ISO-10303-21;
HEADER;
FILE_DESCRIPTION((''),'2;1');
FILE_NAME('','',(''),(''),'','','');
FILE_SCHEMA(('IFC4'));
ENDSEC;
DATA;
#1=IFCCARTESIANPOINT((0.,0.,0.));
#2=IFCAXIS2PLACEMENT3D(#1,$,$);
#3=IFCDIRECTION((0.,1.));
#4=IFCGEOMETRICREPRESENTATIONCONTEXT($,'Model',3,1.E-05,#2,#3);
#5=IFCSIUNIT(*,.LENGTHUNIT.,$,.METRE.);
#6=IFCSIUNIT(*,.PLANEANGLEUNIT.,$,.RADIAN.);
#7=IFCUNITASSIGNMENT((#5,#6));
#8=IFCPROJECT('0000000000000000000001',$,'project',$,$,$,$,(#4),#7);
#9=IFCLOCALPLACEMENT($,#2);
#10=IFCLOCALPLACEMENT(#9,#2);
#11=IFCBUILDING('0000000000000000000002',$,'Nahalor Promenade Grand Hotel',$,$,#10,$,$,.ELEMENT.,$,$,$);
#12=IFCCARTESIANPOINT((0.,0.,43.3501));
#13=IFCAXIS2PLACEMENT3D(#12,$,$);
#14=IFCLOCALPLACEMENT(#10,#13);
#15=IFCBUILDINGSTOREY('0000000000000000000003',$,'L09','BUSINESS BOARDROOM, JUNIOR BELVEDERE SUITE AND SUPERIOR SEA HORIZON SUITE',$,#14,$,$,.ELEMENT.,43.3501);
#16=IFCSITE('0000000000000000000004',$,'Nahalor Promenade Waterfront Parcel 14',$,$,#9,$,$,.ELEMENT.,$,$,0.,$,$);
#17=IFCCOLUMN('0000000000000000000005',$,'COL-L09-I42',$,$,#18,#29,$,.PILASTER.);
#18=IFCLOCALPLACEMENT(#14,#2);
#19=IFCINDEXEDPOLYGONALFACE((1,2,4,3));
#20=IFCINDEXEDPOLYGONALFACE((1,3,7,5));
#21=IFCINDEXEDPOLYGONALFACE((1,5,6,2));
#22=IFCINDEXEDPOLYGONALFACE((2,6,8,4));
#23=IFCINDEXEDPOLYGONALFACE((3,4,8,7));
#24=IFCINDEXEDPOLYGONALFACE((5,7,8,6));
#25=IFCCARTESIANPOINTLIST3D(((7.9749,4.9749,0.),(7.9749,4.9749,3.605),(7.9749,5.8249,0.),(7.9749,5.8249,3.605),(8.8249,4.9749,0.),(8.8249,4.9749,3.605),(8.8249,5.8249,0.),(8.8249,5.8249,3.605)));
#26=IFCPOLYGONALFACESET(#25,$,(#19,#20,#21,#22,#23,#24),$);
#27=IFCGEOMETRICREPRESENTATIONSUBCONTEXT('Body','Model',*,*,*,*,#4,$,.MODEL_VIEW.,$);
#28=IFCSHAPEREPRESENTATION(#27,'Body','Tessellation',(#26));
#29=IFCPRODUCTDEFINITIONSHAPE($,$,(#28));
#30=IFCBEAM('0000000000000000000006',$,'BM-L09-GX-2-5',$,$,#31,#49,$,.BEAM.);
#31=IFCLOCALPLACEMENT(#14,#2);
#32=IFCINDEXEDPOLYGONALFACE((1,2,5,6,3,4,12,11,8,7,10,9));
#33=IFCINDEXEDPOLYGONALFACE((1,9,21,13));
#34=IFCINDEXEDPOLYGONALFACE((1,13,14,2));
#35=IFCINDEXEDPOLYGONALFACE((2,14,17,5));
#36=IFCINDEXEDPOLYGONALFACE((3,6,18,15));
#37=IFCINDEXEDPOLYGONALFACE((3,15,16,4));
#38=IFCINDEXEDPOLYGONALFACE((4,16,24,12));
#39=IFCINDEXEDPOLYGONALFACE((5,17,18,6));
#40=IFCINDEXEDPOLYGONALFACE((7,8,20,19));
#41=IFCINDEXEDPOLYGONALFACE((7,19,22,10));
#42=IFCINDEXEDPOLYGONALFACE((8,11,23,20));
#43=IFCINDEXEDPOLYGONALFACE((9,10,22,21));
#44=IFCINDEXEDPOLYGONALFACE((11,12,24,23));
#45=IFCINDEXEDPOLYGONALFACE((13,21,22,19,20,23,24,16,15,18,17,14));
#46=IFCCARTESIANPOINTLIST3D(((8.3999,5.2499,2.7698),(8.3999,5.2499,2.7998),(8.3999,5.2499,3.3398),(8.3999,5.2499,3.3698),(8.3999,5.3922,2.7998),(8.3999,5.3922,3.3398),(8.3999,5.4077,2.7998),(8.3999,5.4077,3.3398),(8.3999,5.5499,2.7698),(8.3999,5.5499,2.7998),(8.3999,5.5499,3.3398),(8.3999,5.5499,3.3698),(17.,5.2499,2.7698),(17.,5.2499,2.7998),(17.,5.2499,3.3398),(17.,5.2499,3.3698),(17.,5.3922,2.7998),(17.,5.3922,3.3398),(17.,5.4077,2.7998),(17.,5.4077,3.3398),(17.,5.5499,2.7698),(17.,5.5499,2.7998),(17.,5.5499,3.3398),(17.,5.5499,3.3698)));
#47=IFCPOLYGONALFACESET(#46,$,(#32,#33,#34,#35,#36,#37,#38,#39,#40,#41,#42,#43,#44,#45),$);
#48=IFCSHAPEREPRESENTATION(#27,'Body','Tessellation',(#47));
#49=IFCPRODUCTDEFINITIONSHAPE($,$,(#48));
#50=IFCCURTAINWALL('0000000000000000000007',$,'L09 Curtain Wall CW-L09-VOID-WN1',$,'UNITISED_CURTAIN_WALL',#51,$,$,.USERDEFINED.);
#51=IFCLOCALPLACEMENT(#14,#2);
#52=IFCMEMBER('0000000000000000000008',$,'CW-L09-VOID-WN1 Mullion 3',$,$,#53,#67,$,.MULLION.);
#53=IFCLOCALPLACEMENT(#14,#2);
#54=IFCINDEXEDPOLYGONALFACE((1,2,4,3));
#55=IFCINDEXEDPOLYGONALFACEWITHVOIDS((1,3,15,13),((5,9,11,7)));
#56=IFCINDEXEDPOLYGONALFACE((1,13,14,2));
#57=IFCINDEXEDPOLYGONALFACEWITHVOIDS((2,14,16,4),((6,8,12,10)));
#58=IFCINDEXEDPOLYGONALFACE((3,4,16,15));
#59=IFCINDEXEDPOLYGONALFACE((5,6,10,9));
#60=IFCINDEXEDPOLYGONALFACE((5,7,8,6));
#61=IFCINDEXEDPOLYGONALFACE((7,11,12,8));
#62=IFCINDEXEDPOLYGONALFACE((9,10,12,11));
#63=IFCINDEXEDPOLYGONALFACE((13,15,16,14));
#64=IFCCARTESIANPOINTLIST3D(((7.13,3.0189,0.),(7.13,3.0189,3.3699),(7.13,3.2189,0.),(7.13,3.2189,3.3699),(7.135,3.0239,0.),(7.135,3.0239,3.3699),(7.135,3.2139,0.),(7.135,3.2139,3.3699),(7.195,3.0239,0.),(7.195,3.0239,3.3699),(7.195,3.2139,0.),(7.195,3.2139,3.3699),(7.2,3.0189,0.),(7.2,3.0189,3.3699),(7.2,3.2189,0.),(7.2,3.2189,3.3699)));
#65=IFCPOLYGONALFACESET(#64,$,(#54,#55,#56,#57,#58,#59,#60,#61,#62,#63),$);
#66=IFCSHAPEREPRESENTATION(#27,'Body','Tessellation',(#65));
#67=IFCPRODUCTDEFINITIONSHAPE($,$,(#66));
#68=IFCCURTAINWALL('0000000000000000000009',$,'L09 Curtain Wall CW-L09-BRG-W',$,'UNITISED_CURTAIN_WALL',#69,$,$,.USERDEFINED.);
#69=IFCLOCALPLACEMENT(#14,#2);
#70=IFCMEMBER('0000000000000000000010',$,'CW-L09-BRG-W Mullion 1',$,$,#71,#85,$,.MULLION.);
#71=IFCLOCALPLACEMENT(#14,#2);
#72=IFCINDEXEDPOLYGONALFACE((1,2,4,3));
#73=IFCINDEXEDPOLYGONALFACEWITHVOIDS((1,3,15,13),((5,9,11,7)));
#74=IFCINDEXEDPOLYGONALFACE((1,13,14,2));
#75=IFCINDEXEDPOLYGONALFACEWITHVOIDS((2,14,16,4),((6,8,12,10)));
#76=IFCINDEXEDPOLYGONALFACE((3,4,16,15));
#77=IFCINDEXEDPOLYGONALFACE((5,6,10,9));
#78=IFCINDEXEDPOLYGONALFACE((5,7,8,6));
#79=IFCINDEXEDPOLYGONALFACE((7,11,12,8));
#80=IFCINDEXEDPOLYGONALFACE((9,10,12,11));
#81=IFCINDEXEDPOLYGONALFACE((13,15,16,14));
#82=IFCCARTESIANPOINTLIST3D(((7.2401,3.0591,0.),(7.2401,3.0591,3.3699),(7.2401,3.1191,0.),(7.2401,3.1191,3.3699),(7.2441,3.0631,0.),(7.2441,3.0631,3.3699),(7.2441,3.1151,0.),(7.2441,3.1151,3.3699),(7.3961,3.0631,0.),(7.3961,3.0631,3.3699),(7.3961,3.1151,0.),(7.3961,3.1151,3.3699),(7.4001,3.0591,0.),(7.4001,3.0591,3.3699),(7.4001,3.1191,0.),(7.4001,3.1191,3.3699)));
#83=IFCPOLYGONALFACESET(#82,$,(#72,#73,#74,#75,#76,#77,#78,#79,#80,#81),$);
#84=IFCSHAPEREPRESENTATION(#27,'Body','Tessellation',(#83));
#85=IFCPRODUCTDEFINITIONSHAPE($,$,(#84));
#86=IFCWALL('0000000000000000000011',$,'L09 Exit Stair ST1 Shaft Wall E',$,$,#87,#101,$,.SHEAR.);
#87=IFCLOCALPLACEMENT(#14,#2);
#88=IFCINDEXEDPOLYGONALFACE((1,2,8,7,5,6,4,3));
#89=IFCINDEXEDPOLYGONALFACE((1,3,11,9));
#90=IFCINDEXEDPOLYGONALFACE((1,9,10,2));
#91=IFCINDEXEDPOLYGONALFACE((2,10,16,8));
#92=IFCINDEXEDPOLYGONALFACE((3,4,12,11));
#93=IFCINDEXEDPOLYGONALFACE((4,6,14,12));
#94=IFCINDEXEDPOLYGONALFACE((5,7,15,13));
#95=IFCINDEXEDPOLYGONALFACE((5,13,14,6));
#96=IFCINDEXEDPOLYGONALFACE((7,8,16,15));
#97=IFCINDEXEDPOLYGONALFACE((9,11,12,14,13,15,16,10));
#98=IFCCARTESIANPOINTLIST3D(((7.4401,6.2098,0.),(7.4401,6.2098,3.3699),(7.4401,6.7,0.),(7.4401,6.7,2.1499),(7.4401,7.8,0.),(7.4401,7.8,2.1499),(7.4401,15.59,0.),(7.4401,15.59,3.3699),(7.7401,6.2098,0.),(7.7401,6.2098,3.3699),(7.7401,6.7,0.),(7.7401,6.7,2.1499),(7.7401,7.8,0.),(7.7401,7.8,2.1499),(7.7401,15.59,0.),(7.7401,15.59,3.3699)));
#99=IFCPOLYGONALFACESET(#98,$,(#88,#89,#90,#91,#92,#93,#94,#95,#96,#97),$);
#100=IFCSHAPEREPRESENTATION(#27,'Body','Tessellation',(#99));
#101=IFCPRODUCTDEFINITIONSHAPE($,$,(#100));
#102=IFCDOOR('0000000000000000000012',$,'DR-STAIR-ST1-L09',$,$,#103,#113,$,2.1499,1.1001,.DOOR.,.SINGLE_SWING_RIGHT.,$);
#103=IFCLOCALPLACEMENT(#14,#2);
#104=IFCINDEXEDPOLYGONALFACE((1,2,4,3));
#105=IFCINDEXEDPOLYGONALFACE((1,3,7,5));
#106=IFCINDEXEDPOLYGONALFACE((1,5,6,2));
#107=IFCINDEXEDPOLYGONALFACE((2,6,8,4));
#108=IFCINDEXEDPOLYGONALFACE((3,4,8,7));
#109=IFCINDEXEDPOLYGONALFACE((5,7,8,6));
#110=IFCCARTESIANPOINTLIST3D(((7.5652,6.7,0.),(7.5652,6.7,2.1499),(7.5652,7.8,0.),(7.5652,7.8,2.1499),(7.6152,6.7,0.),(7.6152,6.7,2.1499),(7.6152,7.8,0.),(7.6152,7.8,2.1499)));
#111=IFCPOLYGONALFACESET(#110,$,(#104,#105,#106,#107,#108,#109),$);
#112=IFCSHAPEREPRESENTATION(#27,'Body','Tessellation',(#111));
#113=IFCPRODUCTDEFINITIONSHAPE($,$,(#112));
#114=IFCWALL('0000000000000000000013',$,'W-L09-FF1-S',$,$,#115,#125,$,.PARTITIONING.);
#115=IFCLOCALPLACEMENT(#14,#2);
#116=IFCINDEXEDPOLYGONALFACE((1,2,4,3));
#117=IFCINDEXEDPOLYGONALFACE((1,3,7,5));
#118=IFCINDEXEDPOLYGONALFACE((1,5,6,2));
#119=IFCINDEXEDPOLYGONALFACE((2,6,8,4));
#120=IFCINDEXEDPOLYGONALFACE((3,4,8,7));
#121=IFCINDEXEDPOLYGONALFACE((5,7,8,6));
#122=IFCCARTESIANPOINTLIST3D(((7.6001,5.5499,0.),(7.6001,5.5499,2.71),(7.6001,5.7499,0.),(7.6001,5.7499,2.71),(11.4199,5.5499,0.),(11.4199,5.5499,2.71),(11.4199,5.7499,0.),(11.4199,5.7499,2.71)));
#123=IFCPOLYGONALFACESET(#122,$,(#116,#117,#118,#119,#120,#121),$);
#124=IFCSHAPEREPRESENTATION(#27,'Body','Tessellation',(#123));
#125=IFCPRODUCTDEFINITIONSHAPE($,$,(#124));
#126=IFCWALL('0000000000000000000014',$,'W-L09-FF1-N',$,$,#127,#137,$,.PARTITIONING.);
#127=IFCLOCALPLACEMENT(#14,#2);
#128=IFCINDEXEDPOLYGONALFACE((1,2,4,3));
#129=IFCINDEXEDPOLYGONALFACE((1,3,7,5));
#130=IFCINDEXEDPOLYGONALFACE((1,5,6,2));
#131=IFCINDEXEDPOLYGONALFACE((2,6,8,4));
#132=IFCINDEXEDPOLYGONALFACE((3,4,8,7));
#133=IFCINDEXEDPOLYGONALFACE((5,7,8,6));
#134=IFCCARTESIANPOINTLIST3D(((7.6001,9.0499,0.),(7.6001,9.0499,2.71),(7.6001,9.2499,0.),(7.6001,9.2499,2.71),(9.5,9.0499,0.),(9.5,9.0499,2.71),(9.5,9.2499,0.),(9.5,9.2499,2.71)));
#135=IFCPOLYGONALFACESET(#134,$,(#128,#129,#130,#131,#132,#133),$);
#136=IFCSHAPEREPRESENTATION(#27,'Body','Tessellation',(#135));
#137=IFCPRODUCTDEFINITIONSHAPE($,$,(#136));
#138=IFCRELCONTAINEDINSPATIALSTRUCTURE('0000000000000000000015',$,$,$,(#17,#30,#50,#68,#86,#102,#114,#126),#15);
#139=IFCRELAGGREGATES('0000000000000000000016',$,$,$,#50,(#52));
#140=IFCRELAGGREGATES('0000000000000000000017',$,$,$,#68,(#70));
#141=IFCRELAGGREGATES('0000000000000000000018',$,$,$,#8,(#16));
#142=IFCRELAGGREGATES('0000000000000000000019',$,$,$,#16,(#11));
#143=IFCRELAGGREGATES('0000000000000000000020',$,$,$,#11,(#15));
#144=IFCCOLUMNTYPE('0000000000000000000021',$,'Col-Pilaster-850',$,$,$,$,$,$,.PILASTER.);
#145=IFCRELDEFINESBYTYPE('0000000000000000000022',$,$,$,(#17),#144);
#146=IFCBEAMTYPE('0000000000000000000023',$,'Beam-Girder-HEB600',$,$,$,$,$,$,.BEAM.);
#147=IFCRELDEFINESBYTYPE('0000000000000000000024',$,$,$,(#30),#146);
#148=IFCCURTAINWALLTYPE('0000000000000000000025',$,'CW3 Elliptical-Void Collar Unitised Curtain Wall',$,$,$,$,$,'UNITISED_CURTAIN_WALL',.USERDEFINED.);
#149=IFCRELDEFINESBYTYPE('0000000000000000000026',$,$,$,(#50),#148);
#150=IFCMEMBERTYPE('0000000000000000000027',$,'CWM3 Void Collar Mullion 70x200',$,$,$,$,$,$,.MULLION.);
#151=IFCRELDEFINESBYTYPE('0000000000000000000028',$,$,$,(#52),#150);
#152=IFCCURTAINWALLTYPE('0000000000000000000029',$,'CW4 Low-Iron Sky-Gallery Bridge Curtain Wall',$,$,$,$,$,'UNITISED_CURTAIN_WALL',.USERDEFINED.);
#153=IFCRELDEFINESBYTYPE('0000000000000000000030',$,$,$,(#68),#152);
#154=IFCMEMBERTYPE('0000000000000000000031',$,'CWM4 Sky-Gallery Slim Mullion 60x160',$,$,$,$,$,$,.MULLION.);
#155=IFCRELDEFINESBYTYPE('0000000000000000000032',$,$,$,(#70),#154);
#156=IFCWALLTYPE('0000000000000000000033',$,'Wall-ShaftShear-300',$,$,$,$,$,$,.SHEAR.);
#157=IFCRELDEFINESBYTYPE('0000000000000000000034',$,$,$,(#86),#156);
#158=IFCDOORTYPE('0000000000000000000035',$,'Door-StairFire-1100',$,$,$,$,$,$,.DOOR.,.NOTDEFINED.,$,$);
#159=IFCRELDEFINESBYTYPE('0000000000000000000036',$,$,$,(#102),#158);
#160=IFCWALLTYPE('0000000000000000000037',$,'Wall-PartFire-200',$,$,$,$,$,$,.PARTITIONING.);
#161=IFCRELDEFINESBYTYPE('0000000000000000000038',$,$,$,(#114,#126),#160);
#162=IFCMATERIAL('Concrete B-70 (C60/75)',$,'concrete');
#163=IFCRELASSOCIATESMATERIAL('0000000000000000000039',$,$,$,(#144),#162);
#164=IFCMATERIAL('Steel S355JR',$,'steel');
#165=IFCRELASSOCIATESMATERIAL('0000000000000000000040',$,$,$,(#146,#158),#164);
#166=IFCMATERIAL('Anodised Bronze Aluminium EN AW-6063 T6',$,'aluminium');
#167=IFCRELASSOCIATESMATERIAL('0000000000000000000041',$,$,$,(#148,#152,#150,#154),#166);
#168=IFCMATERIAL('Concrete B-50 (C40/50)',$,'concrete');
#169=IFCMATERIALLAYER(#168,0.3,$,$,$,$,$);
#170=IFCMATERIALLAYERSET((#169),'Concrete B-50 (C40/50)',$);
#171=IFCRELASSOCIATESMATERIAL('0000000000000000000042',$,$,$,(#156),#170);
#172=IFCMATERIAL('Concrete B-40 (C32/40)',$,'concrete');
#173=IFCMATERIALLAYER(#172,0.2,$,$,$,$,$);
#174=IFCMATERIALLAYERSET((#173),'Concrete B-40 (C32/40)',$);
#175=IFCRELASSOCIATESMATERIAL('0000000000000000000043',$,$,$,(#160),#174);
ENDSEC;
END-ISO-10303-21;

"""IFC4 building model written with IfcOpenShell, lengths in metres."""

from ifc_helpers import new_model, si_unit, direction, frame, frame_2d, origin, origin_2d, place, context, subcontext, project, spatial, rectangle, hollow_rectangle, i_section, extrude, source, transform, mapped, material, layer, layer_set, material_profile, profile_set, type_object, element, fill, aggregate, save


model = new_model("IFC4")

# Units and contexts
model_context = context("Model", 3, precision=1e-05, world=origin(), true_north=direction((0.0, 1.0)))
body_context = subcontext(model_context, "Body", "Model", "MODEL_VIEW")
ifc_project = project(units=[si_unit("LENGTHUNIT", "METRE"), si_unit("PLANEANGLEUNIT", "RADIAN")], contexts=[model_context])

# Site, building, storey
site_placement = place(None, origin())
site = spatial("IfcSite", under=ifc_project, at=site_placement, Name="Nahalor Promenade Waterfront Parcel 14", CompositionType="ELEMENT", RefElevation=0.0)
building_placement = place(site_placement, origin())
building = spatial("IfcBuilding", under=site, at=building_placement, Name="Nahalor Promenade Grand Hotel", CompositionType="ELEMENT")
storey_placement = place(building_placement, frame((0.0, 0.0, 43.3501)))
storey = spatial("IfcBuildingStorey", under=building, at=storey_placement, Name="L09", Description="BUSINESS BOARDROOM, JUNIOR BELVEDERE SUITE AND SUPERIOR SEA HORIZON SUITE", CompositionType="ELEMENT", Elevation=43.3501)

# Column
ifc_material_1 = material(Name="Concrete B-70 (C60/75)", Category="concrete")
ifc_material_profile_1 = material_profile(ifc_material_1, rectangle(XDim=0.85, YDim=0.85, at=origin_2d()), Name="RC 850x850")
ifc_profile_set_1 = profile_set([ifc_material_profile_1], Name="Concrete B-70 (C60/75)")
column_type = type_object("IfcColumnType", Name="Col-Pilaster-850", PredefinedType="PILASTER", material=ifc_profile_set_1)
shared_shape_1 = source(origin(), body_context, "Body", "SweptSolid", [
    extrude(rectangle(XDim=0.85, YDim=0.85, at=origin_2d()), origin(), (0.0, 0.0, 1.0), 3.605),
])
column_placement = place(storey_placement, frame((8.3999, 5.3999, 0.0), z_axis=(0.0, 0.0, 1.0), x_axis=(1.0, 0.0, 0.0)))
element("IfcColumn", 1, at=column_placement, inside=storey, type_object=column_type, Name="COL-L09-I42", PredefinedType="PILASTER", context=body_context, shape_type="MappedRepresentation", body=[
    mapped(shared_shape_1, transform((0.0, 0.0, 0.0), scale=1.0)),
])

# Beam
ifc_material_2 = material(Name="Steel S355JR", Category="steel")
ifc_material_profile_2 = material_profile(ifc_material_2, i_section(OverallWidth=0.3, OverallDepth=0.6, WebThickness=0.0155, FlangeThickness=0.03, at=origin_2d()), Name="HEB 600")
ifc_profile_set_2 = profile_set([ifc_material_profile_2], Name="Steel S355JR")
beam_type = type_object("IfcBeamType", Name="Beam-Girder-HEB600", PredefinedType="BEAM", material=ifc_profile_set_2)
shared_shape_2 = source(origin(), body_context, "Body", "SweptSolid", [
    extrude(i_section(OverallWidth=0.3, OverallDepth=0.6, WebThickness=0.0155, FlangeThickness=0.03, at=origin_2d()), origin(), (0.0, 0.0, 1.0), 8.6001),
])
beam_placement = place(storey_placement, frame((8.3999, 5.3999, 3.0698), z_axis=(1.0, 0.0, 0.0), x_axis=(0.0, 1.0, 0.0)))
element("IfcBeam", 2, at=beam_placement, inside=storey, type_object=beam_type, Name="BM-L09-GX-2-5", PredefinedType="BEAM", context=body_context, shape_type="MappedRepresentation", body=[
    mapped(shared_shape_2, transform((0.0, 0.0, 0.0), scale=1.0)),
])

# Curtain walls, members
ifc_material_3 = material(Name="Anodised Bronze Aluminium EN AW-6063 T6", Category="aluminium")
curtain_wall_type_1 = type_object("IfcCurtainWallType", Name="CW3 Elliptical-Void Collar Unitised Curtain Wall", ElementType="UNITISED_CURTAIN_WALL", PredefinedType="USERDEFINED", material=ifc_material_3)
curtain_wall_1_placement = place(storey_placement, origin())
curtain_wall_1 = element("IfcCurtainWall", 3, at=curtain_wall_1_placement, inside=storey, type_object=curtain_wall_type_1, Name="L09 Curtain Wall CW-L09-VOID-WN1", ObjectType="UNITISED_CURTAIN_WALL", PredefinedType="USERDEFINED")
ifc_material_profile_3 = material_profile(ifc_material_3, hollow_rectangle(XDim=0.07, YDim=0.2, WallThickness=0.005, at=origin_2d()), Name="CWM 70x200x5")
ifc_profile_set_3 = profile_set([ifc_material_profile_3], Name="Anodised Bronze Aluminium EN AW-6063 T6")
member_type_1 = type_object("IfcMemberType", Name="CWM3 Void Collar Mullion 70x200", PredefinedType="MULLION", material=ifc_profile_set_3)
shared_shape_3 = source(origin(), body_context, "Body", "SweptSolid", [
    extrude(hollow_rectangle(XDim=0.07, YDim=0.2, WallThickness=0.005, at=origin_2d()), origin(), (0.0, 0.0, 1.0), 3.3699),
])
member_1_placement = place(storey_placement, frame((7.165, 3.1189, 0.0), z_axis=(0.0, 0.0, 1.0), x_axis=(1.0, 0.0, 0.0)))
member_1 = element("IfcMember", 4, at=member_1_placement, type_object=member_type_1, Name="CW-L09-VOID-WN1 Mullion 3", PredefinedType="MULLION", context=body_context, shape_type="MappedRepresentation", body=[
    mapped(shared_shape_3, transform((0.0, 0.0, 0.0), scale=1.0)),
])
aggregate(curtain_wall_1, [member_1])
curtain_wall_type_2 = type_object("IfcCurtainWallType", Name="CW4 Low-Iron Sky-Gallery Bridge Curtain Wall", ElementType="UNITISED_CURTAIN_WALL", PredefinedType="USERDEFINED", material=ifc_material_3)
curtain_wall_2_placement = place(storey_placement, origin())
curtain_wall_2 = element("IfcCurtainWall", 5, at=curtain_wall_2_placement, inside=storey, type_object=curtain_wall_type_2, Name="L09 Curtain Wall CW-L09-BRG-W", ObjectType="UNITISED_CURTAIN_WALL", PredefinedType="USERDEFINED")
ifc_material_profile_4 = material_profile(ifc_material_3, hollow_rectangle(XDim=0.06, YDim=0.16, WallThickness=0.004, at=origin_2d()), Name="CWM 60x160x4")
ifc_profile_set_4 = profile_set([ifc_material_profile_4], Name="Anodised Bronze Aluminium EN AW-6063 T6")
member_type_2 = type_object("IfcMemberType", Name="CWM4 Sky-Gallery Slim Mullion 60x160", PredefinedType="MULLION", material=ifc_profile_set_4)
shared_shape_4 = source(origin(), body_context, "Body", "SweptSolid", [
    extrude(hollow_rectangle(XDim=0.06, YDim=0.16, WallThickness=0.004, at=origin_2d()), origin(), (0.0, 0.0, 1.0), 3.3699),
])
member_2_placement = place(storey_placement, frame((7.3201, 3.0891, 0.0), z_axis=(0.0, 0.0, 1.0), x_axis=(0.0, 1.0, 0.0)))
member_2 = element("IfcMember", 6, at=member_2_placement, type_object=member_type_2, Name="CW-L09-BRG-W Mullion 1", PredefinedType="MULLION", context=body_context, shape_type="MappedRepresentation", body=[
    mapped(shared_shape_4, transform((0.0, 0.0, 0.0), scale=1.0)),
])
aggregate(curtain_wall_2, [member_2])

# Wall, opening, door
ifc_material_4 = material(Name="Concrete B-50 (C40/50)", Category="concrete")
ifc_layer_1 = layer(ifc_material_4, 0.3)
ifc_layer_set_1 = layer_set([ifc_layer_1], Name="Concrete B-50 (C40/50)")
wall_type_1 = type_object("IfcWallType", Name="Wall-ShaftShear-300", PredefinedType="SHEAR", material=ifc_layer_set_1)
shared_shape_5 = source(origin(), body_context, "Body", "SweptSolid", [
    extrude(rectangle(XDim=9.3801, YDim=0.3, at=frame_2d((4.6899, 0.0))), origin(), (0.0, 0.0, 1.0), 3.3699),
])
wall_1_placement = place(storey_placement, frame((7.5901, 6.21, 0.0), z_axis=(0.0, 0.0, 1.0), x_axis=(0.0, 1.0, 0.0)))
wall_1 = element("IfcWall", 7, at=wall_1_placement, inside=storey, type_object=wall_type_1, Name="L09 Exit Stair ST1 Shaft Wall E", PredefinedType="SHEAR", context=body_context, shape_type="MappedRepresentation", body=[
    mapped(shared_shape_5, transform((0.0, 0.0, 0.0), scale=1.0)),
])
opening_placement = place(wall_1_placement, frame((0.49, 0.0, 0.0)))
opening = element("IfcOpeningElement", 8, at=opening_placement, cuts=wall_1, PredefinedType="OPENING", context=body_context, shape_type="SweptSolid", body=[
    extrude(rectangle(XDim=1.1001, YDim=2.1499, at=frame_2d((0.55, 1.075))), frame((0.0, 0.1599, 0.0), z_axis=(0.0, -1.0, 0.0), x_axis=(1.0, 0.0, 0.0)), (0.0, 0.0, 1.0), 0.3201),
])
door_type = type_object("IfcDoorType", Name="Door-StairFire-1100", OperationType="NOTDEFINED", PredefinedType="DOOR", material=ifc_material_2)
shared_shape_6 = source(origin(), body_context, "Body", "SweptSolid", [
    extrude(rectangle(XDim=1.1001, YDim=2.1499, at=frame_2d((0.55, 1.075))), frame((0.0, 0.0249, 0.0), z_axis=(0.0, -1.0, 0.0), x_axis=(1.0, 0.0, 0.0)), (0.0, 0.0, 1.0), 0.05),
])
door_placement = place(opening_placement, origin())
door = element("IfcDoor", 9, at=door_placement, inside=storey, type_object=door_type, Name="DR-STAIR-ST1-L09", OperationType="SINGLE_SWING_RIGHT", OverallHeight=2.1499, OverallWidth=1.1001, PredefinedType="DOOR", context=body_context, shape_type="MappedRepresentation", body=[
    mapped(shared_shape_6, transform((0.0, 0.0, 0.0), scale=1.0)),
])
fill(opening, door)

# Walls
ifc_material_5 = material(Name="Concrete B-40 (C32/40)", Category="concrete")
ifc_layer_2 = layer(ifc_material_5, 0.2)
ifc_layer_set_2 = layer_set([ifc_layer_2], Name="Concrete B-40 (C32/40)")
wall_type_2 = type_object("IfcWallType", Name="Wall-PartFire-200", PredefinedType="PARTITIONING", material=ifc_layer_set_2)
shared_shape_7 = source(origin(), body_context, "Body", "SweptSolid", [
    extrude(rectangle(XDim=3.8198, YDim=0.2, at=frame_2d((1.9099, 0.0))), origin(), (0.0, 0.0, 1.0), 2.71),
])
wall_2_placement = place(storey_placement, frame((7.6001, 5.6499, 0.0), z_axis=(0.0, 0.0, 1.0), x_axis=(1.0, 0.0, 0.0)))
element("IfcWall", 10, at=wall_2_placement, inside=storey, type_object=wall_type_2, Name="W-L09-FF1-S", PredefinedType="PARTITIONING", context=body_context, shape_type="MappedRepresentation", body=[
    mapped(shared_shape_7, transform((0.0, 0.0, 0.0), scale=1.0)),
])
shared_shape_8 = source(origin(), body_context, "Body", "SweptSolid", [
    extrude(rectangle(XDim=1.8999, YDim=0.2, at=frame_2d((0.95, 0.0))), origin(), (0.0, 0.0, 1.0), 2.71),
])
wall_3_placement = place(storey_placement, frame((7.6001, 9.1499, 0.0), z_axis=(0.0, 0.0, 1.0), x_axis=(1.0, 0.0, 0.0)))
element("IfcWall", 11, at=wall_3_placement, inside=storey, type_object=wall_type_2, Name="W-L09-FF1-N", PredefinedType="PARTITIONING", context=body_context, shape_type="MappedRepresentation", body=[
    mapped(shared_shape_8, transform((0.0, 0.0, 0.0), scale=1.0)),
])

save(model, "model.ifc")
